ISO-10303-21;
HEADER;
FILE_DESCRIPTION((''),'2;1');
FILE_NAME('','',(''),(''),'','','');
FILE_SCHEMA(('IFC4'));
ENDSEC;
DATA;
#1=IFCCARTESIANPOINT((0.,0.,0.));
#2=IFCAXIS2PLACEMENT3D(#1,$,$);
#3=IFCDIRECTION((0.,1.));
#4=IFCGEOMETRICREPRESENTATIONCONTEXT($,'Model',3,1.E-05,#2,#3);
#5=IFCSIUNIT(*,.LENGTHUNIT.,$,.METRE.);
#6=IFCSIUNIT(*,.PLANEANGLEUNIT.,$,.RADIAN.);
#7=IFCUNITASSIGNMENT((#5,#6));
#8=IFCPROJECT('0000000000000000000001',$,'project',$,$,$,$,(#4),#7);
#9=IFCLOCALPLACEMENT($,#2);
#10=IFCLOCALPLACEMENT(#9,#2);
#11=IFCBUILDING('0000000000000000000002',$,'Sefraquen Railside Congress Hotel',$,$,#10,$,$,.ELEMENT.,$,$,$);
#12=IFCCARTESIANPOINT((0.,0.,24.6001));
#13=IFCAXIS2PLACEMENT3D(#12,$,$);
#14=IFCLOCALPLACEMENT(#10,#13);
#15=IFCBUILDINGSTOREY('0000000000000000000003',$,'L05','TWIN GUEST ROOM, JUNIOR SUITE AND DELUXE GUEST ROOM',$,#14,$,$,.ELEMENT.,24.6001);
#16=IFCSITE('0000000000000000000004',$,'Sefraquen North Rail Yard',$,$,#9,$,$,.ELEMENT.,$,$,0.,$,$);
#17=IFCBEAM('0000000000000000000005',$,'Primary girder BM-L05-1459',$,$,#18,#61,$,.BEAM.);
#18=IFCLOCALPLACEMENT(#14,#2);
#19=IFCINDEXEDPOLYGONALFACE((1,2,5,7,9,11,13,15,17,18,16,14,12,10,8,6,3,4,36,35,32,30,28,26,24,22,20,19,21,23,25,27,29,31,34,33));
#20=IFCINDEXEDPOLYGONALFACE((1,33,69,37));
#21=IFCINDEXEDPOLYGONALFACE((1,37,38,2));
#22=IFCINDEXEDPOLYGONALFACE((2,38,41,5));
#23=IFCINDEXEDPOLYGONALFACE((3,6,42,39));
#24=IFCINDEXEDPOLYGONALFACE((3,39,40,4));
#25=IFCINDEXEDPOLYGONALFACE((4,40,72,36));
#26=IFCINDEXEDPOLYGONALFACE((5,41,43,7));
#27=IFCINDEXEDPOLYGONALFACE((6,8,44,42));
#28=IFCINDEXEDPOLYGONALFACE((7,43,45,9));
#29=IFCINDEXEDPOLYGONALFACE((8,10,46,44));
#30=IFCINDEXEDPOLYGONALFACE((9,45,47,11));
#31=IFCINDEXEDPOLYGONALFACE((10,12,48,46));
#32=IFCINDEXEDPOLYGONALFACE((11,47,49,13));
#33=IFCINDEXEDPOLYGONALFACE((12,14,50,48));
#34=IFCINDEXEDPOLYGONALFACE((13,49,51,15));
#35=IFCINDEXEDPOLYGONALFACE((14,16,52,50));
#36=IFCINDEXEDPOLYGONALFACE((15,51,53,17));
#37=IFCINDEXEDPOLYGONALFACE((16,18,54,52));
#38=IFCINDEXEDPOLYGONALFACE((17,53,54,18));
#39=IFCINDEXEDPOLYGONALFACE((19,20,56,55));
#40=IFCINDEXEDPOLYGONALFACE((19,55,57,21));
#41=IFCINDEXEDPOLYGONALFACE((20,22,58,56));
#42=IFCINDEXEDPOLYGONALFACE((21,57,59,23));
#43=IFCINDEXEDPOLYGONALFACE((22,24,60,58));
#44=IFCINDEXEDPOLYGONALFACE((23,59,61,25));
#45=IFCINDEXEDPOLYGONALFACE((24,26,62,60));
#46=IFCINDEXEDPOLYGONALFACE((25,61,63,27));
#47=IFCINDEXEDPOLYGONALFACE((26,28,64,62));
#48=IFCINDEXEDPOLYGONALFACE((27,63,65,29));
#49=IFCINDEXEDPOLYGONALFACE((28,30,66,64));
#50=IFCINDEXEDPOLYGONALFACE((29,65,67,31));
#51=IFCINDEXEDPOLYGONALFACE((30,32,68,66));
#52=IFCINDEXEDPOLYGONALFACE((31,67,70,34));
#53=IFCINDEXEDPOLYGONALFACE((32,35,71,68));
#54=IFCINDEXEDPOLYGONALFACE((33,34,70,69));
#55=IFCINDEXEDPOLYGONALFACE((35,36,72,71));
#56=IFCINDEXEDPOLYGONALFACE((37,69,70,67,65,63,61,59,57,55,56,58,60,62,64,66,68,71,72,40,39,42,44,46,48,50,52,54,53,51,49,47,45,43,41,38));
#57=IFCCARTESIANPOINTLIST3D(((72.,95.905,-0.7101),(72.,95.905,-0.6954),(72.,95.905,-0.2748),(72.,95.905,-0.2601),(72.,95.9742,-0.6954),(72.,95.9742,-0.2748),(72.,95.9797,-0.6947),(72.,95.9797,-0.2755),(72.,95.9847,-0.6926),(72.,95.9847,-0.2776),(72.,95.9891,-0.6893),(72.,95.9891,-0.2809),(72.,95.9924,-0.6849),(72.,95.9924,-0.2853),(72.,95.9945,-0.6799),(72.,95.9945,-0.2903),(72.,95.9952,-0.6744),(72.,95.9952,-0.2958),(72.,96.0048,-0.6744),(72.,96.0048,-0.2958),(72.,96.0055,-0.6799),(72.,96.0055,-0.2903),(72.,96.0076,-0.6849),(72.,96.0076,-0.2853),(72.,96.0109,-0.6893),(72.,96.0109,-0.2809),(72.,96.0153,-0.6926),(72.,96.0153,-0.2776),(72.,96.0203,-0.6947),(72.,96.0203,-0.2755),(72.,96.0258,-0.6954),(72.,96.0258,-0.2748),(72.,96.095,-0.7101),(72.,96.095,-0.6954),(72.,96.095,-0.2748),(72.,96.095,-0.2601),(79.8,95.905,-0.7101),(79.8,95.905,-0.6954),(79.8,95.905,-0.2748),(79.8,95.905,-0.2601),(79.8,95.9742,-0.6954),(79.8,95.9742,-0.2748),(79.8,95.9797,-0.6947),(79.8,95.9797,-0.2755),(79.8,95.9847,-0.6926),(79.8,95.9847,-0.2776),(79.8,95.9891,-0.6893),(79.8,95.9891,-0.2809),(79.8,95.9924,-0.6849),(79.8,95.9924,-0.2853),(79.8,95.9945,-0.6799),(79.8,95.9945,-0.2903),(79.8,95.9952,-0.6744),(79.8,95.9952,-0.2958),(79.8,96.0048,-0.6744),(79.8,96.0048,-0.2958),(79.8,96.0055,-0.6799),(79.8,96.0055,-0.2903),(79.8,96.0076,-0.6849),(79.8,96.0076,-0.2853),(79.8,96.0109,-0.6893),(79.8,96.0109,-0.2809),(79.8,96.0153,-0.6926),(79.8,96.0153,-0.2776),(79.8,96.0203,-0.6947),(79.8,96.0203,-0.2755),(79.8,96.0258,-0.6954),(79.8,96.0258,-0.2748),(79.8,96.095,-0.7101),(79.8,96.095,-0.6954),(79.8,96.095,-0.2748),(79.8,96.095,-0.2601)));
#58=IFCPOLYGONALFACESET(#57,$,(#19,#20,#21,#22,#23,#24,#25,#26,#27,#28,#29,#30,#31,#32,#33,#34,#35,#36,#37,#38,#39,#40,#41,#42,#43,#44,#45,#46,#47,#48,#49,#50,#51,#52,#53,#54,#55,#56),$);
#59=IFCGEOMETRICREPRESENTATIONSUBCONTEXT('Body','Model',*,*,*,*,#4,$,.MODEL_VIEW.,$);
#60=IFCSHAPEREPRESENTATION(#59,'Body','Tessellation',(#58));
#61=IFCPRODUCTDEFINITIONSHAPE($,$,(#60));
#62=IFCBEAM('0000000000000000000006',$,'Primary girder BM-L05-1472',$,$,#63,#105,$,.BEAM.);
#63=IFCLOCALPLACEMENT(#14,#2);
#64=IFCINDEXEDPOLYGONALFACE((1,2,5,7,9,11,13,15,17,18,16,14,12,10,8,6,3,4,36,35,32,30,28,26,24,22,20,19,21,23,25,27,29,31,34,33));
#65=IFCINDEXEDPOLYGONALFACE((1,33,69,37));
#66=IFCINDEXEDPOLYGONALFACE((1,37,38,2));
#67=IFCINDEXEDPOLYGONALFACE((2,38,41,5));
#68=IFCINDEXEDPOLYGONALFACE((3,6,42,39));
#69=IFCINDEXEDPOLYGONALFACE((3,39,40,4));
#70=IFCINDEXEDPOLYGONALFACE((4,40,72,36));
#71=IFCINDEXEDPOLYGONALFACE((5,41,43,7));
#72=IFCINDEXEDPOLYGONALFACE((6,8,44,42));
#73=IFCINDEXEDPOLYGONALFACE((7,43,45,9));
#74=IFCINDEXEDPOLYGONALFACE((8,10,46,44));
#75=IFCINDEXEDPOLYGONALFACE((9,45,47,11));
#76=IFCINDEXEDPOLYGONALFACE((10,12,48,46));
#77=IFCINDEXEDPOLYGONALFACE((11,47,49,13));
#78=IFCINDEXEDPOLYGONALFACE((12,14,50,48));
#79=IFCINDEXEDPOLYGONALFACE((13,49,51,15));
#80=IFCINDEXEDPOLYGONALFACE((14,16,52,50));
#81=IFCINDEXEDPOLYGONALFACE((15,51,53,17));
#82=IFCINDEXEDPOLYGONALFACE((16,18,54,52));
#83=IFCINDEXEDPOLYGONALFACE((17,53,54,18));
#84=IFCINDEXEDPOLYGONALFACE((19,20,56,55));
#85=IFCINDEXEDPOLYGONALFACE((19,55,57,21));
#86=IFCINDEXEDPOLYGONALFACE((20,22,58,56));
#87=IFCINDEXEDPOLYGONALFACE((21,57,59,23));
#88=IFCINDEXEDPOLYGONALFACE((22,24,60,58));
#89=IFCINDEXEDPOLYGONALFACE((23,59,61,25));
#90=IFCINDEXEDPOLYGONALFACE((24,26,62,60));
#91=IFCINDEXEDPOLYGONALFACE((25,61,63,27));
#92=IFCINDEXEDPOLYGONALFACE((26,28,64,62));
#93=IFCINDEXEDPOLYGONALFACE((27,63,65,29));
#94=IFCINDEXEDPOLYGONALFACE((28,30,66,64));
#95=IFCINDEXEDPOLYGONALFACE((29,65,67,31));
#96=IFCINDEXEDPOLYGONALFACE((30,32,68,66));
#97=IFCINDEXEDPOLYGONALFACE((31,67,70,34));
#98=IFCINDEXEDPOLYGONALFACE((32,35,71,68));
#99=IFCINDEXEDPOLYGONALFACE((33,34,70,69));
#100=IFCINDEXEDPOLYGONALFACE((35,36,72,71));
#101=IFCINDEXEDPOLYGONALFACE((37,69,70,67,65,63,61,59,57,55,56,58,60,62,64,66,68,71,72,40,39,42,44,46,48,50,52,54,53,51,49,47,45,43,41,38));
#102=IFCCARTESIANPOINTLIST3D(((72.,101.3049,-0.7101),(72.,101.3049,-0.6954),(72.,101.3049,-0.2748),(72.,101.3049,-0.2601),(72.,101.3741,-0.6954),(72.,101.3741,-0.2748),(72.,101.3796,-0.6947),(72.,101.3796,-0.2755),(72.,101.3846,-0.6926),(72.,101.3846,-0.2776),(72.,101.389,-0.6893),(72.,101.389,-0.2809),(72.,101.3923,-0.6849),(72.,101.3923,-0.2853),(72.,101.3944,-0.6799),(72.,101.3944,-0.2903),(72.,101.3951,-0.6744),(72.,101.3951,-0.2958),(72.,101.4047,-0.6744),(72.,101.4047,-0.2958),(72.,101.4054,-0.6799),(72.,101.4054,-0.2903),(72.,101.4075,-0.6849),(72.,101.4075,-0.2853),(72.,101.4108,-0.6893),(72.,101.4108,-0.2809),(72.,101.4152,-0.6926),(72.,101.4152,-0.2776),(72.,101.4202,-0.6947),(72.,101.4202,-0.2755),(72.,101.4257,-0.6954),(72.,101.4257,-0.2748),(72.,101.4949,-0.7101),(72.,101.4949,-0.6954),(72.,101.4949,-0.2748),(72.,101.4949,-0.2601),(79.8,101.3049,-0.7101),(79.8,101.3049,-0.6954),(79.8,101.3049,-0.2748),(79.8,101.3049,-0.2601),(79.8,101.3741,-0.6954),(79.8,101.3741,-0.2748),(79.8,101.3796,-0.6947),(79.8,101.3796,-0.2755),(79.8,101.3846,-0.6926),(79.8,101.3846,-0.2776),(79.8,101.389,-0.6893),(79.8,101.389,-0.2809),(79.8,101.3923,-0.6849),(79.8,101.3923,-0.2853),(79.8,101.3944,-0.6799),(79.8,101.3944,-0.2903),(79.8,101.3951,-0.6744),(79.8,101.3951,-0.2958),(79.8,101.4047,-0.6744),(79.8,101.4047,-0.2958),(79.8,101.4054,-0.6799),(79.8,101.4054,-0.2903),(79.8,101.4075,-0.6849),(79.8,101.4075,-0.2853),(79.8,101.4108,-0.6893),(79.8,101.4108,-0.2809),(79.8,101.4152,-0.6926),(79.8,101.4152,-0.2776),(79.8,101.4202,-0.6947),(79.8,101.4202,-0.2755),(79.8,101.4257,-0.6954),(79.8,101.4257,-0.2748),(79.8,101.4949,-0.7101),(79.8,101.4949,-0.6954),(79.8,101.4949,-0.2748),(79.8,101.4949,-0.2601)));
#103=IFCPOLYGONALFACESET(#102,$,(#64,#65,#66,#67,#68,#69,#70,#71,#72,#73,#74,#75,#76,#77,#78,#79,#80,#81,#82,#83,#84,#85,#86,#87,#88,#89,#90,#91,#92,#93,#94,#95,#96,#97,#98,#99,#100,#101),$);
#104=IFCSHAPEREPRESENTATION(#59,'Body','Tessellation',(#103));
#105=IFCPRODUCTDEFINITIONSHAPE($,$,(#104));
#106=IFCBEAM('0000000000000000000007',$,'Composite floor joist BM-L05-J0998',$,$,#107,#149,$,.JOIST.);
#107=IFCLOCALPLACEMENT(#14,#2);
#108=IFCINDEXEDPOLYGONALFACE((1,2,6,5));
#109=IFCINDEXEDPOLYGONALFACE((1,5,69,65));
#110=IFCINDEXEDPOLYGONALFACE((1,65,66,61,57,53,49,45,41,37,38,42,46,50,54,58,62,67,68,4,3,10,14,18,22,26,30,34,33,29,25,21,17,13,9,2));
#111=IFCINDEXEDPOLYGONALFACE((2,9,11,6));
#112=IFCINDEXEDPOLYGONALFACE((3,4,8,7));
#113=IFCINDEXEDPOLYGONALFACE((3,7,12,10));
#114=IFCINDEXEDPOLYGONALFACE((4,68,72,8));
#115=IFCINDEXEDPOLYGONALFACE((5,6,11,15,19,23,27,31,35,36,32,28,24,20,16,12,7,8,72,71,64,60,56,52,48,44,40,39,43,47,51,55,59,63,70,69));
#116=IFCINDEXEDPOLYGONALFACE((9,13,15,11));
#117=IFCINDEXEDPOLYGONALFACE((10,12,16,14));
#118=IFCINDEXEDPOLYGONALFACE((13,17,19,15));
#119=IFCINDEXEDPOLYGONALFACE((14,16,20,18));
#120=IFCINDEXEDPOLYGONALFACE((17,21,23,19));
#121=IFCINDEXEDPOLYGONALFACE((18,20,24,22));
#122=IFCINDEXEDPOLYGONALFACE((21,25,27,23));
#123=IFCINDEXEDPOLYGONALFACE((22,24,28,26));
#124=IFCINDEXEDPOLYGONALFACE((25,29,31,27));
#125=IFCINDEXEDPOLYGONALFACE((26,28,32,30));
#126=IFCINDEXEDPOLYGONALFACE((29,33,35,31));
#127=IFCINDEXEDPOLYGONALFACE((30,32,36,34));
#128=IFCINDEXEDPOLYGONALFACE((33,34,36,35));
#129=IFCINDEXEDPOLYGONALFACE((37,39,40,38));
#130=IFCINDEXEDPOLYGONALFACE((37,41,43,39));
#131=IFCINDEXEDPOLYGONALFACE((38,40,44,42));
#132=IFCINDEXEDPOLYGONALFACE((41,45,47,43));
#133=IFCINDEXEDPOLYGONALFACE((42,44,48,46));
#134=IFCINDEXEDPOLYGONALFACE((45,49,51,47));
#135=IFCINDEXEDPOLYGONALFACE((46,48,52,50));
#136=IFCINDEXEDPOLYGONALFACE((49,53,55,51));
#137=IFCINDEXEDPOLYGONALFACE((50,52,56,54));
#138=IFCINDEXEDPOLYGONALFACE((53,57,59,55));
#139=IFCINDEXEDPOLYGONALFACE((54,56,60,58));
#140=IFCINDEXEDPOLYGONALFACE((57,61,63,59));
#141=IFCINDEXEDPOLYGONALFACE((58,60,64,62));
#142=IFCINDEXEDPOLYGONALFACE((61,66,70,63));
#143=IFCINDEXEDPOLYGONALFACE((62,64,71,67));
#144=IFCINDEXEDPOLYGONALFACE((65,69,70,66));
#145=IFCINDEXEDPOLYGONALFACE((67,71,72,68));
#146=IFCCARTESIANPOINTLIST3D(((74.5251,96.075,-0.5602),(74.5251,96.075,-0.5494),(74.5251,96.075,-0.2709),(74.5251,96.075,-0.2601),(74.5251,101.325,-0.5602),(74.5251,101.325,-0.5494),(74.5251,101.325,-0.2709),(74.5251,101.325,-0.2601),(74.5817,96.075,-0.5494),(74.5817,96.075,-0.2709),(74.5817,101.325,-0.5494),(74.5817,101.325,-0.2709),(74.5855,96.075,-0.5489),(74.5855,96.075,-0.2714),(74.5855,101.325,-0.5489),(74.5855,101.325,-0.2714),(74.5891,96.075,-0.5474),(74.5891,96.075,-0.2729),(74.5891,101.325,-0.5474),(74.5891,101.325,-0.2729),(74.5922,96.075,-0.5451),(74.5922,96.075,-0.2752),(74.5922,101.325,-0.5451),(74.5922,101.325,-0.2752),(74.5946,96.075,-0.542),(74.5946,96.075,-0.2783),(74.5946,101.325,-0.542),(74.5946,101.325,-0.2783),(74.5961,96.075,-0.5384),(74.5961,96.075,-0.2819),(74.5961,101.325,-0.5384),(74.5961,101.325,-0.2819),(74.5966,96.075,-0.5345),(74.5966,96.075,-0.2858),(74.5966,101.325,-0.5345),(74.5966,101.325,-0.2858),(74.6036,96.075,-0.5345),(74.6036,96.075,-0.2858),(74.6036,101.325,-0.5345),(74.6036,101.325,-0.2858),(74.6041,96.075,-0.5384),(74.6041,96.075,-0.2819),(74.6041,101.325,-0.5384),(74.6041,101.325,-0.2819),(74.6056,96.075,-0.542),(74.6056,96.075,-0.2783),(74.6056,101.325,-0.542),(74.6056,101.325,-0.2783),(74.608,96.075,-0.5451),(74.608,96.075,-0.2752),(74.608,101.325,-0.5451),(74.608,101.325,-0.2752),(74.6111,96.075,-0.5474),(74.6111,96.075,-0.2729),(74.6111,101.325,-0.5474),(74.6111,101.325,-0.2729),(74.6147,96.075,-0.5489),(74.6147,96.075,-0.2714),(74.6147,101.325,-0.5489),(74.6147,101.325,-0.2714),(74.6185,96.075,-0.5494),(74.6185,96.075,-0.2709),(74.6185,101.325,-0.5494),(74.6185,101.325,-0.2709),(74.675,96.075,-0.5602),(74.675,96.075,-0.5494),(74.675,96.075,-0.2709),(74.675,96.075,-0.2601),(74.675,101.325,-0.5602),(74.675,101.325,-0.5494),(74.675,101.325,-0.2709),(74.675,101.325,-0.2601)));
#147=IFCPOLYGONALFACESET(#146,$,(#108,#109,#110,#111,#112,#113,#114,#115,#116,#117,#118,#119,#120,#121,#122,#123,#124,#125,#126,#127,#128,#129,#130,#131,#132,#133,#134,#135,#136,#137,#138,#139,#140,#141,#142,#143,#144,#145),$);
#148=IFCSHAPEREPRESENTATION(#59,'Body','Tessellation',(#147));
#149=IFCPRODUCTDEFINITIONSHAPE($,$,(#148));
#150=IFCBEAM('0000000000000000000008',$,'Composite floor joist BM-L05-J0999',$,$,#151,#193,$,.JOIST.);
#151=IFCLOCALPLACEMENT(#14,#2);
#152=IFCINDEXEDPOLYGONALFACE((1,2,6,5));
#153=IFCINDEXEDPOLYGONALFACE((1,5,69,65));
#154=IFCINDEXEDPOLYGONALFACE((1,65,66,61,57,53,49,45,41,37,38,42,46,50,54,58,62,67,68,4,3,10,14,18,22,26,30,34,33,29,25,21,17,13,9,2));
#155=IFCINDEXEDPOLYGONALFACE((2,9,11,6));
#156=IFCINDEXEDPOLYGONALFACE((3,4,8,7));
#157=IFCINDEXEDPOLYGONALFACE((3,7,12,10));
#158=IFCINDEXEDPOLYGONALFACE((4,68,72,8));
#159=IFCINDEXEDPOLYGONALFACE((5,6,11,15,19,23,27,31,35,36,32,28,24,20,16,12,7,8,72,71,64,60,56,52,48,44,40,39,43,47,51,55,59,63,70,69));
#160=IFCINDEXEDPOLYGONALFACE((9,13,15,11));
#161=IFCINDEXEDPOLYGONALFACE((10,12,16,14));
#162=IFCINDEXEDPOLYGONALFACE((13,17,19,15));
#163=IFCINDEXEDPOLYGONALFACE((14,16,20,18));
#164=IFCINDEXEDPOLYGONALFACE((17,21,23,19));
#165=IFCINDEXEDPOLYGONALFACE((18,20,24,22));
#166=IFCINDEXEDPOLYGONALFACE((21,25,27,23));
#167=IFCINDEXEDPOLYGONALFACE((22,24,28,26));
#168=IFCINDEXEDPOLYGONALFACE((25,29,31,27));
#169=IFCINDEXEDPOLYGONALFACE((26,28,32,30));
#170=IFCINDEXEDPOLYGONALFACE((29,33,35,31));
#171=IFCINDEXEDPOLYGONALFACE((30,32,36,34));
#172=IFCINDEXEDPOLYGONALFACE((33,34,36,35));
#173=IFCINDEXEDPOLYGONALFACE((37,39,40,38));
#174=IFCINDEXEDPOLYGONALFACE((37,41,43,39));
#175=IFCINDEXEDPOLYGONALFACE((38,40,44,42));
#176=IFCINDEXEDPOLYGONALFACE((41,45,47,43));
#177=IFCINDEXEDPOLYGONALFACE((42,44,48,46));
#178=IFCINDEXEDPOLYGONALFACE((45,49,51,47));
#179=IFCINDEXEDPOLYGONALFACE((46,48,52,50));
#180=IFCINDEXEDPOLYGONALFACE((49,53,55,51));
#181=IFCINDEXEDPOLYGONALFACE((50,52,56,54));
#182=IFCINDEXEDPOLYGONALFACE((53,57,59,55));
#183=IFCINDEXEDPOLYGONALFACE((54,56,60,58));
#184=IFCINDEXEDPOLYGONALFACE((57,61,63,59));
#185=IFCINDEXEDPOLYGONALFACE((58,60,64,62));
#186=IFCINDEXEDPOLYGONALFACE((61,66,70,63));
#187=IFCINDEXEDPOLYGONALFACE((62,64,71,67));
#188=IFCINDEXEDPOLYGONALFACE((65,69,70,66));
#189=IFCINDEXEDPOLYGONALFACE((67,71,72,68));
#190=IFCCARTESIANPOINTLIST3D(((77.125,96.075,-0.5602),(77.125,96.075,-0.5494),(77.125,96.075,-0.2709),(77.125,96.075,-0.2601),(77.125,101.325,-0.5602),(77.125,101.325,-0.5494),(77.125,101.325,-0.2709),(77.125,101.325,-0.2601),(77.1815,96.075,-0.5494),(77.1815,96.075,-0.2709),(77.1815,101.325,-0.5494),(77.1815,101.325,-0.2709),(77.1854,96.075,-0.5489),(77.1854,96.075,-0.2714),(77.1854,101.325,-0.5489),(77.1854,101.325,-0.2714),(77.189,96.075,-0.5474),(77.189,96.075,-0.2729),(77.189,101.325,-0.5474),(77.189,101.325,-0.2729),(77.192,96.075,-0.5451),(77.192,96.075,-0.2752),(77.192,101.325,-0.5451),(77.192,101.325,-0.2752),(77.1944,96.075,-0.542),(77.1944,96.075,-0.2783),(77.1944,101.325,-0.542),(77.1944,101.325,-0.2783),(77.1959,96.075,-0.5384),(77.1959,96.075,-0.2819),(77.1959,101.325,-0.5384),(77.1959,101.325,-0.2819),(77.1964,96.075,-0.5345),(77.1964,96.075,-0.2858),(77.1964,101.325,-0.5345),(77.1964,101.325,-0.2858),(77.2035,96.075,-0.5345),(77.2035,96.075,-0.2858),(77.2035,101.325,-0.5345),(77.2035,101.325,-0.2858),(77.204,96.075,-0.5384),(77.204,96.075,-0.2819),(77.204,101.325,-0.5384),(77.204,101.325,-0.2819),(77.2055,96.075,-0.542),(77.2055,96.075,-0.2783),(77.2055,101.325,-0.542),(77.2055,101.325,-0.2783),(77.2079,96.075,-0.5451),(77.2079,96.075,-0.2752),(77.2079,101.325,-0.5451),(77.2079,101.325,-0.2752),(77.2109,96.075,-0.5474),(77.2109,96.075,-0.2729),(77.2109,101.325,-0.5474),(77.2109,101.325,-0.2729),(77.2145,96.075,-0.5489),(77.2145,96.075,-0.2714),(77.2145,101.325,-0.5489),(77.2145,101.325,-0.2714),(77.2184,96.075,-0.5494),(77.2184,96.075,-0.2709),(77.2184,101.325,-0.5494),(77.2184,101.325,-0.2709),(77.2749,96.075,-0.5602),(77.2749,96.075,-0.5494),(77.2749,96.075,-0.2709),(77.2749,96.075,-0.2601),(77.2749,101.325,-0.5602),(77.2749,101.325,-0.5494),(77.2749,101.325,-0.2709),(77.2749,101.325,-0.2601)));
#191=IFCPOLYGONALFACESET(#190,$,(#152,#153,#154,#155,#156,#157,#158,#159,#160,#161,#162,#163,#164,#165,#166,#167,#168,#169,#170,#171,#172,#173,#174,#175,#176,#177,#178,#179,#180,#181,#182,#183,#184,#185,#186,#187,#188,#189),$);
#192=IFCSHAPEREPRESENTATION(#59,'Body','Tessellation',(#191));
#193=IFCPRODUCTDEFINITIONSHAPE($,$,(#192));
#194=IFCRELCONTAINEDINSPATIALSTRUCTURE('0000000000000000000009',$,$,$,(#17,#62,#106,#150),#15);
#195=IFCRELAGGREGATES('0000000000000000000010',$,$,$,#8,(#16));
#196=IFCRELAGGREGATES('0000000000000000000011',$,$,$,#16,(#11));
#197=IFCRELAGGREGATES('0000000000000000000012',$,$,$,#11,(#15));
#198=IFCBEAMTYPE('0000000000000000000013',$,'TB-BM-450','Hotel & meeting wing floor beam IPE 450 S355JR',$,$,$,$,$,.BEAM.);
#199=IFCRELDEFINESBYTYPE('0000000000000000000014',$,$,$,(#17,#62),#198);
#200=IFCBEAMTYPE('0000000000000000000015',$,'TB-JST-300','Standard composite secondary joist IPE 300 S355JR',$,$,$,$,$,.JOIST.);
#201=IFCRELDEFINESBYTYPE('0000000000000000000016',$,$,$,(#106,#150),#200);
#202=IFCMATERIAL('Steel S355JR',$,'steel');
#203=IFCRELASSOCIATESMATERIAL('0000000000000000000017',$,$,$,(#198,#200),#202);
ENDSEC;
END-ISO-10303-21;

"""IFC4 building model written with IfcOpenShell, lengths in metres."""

from ifc_helpers import new_model, si_unit, direction, frame, origin, origin_2d, place, context, subcontext, project, spatial, i_section, extrude, material, material_profile, profile_set, type_object, element, save


model = new_model("IFC4")

# Units and contexts
model_context = context("Model", 3, precision=1e-05, world=origin(), true_north=direction((0.0, 1.0)))
body_context = subcontext(model_context, "Body", "Model", "MODEL_VIEW")
ifc_project = project(units=[si_unit("LENGTHUNIT", "METRE"), si_unit("PLANEANGLEUNIT", "RADIAN")], contexts=[model_context])

# Site, building, storey
site_placement = place(None, origin())
site = spatial("IfcSite", under=ifc_project, at=site_placement, Name="Sefraquen North Rail Yard", CompositionType="ELEMENT", RefElevation=0.0)
building_placement = place(site_placement, origin())
building = spatial("IfcBuilding", under=site, at=building_placement, Name="Sefraquen Railside Congress Hotel", CompositionType="ELEMENT")
storey_placement = place(building_placement, frame((0.0, 0.0, 24.6001)))
storey = spatial("IfcBuildingStorey", under=building, at=storey_placement, Name="L05", Description="TWIN GUEST ROOM, JUNIOR SUITE AND DELUXE GUEST ROOM", CompositionType="ELEMENT", Elevation=24.6001)

# Shared definitions
ifc_material_1 = material(Name="Steel S355JR", Category="steel")

# Beams
ifc_material_profile_1 = material_profile(ifc_material_1, i_section(OverallWidth=0.1899, OverallDepth=0.45, WebThickness=0.0095, FlangeThickness=0.0146, FilletRadius=0.021, at=origin_2d()), Name="IPE 450")
ifc_profile_set_1 = profile_set([ifc_material_profile_1], Name="Steel S355JR")
beam_type_1 = type_object("IfcBeamType", Name="TB-BM-450", Description="Hotel & meeting wing floor beam IPE 450 S355JR", PredefinedType="BEAM", material=ifc_profile_set_1)
for number, where, z_axis, x_axis, name in (
    (1, (72.0, 96.0, -0.4851), (1.0, 0.0, 0.0), (0.0, 1.0, 0.0), "Primary girder BM-L05-1459"),
    (2, (72.0, 101.3999, -0.4851), (1.0, 0.0, 0.0), (0.0, 1.0, 0.0), "Primary girder BM-L05-1472"),
):
    element("IfcBeam", number, at=place(storey_placement, frame(where, z_axis=z_axis, x_axis=x_axis)), inside=storey, type_object=beam_type_1, Name=name, PredefinedType="BEAM", context=body_context, shape_type="SweptSolid", body=[
        extrude(i_section(OverallWidth=0.1899, OverallDepth=0.45, WebThickness=0.0095, FlangeThickness=0.0146, FilletRadius=0.021, at=origin_2d()), origin(), (0.0, 0.0, 1.0), 7.8),
    ])
ifc_material_profile_2 = material_profile(ifc_material_1, i_section(OverallWidth=0.1499, OverallDepth=0.3, WebThickness=0.0071, FlangeThickness=0.0107, FilletRadius=0.0149, at=origin_2d()), Name="IPE 300")
ifc_profile_set_2 = profile_set([ifc_material_profile_2], Name="Steel S355JR")
beam_type_2 = type_object("IfcBeamType", Name="TB-JST-300", Description="Standard composite secondary joist IPE 300 S355JR", PredefinedType="JOIST", material=ifc_profile_set_2)
for number, where, z_axis, x_axis, name in (
    (3, (74.6001, 96.075, -0.4102), (0.0, 1.0, 0.0), (-1.0, 0.0, 0.0), "Composite floor joist BM-L05-J0998"),
    (4, (77.2, 96.075, -0.4102), (0.0, 1.0, 0.0), (-1.0, 0.0, 0.0), "Composite floor joist BM-L05-J0999"),
):
    element("IfcBeam", number, at=place(storey_placement, frame(where, z_axis=z_axis, x_axis=x_axis)), inside=storey, type_object=beam_type_2, Name=name, PredefinedType="JOIST", context=body_context, shape_type="SweptSolid", body=[
        extrude(i_section(OverallWidth=0.1499, OverallDepth=0.3, WebThickness=0.0071, FlangeThickness=0.0107, FilletRadius=0.0149, at=origin_2d()), origin(), (0.0, 0.0, 1.0), 5.25),
    ])

save(model, "model.ifc")
